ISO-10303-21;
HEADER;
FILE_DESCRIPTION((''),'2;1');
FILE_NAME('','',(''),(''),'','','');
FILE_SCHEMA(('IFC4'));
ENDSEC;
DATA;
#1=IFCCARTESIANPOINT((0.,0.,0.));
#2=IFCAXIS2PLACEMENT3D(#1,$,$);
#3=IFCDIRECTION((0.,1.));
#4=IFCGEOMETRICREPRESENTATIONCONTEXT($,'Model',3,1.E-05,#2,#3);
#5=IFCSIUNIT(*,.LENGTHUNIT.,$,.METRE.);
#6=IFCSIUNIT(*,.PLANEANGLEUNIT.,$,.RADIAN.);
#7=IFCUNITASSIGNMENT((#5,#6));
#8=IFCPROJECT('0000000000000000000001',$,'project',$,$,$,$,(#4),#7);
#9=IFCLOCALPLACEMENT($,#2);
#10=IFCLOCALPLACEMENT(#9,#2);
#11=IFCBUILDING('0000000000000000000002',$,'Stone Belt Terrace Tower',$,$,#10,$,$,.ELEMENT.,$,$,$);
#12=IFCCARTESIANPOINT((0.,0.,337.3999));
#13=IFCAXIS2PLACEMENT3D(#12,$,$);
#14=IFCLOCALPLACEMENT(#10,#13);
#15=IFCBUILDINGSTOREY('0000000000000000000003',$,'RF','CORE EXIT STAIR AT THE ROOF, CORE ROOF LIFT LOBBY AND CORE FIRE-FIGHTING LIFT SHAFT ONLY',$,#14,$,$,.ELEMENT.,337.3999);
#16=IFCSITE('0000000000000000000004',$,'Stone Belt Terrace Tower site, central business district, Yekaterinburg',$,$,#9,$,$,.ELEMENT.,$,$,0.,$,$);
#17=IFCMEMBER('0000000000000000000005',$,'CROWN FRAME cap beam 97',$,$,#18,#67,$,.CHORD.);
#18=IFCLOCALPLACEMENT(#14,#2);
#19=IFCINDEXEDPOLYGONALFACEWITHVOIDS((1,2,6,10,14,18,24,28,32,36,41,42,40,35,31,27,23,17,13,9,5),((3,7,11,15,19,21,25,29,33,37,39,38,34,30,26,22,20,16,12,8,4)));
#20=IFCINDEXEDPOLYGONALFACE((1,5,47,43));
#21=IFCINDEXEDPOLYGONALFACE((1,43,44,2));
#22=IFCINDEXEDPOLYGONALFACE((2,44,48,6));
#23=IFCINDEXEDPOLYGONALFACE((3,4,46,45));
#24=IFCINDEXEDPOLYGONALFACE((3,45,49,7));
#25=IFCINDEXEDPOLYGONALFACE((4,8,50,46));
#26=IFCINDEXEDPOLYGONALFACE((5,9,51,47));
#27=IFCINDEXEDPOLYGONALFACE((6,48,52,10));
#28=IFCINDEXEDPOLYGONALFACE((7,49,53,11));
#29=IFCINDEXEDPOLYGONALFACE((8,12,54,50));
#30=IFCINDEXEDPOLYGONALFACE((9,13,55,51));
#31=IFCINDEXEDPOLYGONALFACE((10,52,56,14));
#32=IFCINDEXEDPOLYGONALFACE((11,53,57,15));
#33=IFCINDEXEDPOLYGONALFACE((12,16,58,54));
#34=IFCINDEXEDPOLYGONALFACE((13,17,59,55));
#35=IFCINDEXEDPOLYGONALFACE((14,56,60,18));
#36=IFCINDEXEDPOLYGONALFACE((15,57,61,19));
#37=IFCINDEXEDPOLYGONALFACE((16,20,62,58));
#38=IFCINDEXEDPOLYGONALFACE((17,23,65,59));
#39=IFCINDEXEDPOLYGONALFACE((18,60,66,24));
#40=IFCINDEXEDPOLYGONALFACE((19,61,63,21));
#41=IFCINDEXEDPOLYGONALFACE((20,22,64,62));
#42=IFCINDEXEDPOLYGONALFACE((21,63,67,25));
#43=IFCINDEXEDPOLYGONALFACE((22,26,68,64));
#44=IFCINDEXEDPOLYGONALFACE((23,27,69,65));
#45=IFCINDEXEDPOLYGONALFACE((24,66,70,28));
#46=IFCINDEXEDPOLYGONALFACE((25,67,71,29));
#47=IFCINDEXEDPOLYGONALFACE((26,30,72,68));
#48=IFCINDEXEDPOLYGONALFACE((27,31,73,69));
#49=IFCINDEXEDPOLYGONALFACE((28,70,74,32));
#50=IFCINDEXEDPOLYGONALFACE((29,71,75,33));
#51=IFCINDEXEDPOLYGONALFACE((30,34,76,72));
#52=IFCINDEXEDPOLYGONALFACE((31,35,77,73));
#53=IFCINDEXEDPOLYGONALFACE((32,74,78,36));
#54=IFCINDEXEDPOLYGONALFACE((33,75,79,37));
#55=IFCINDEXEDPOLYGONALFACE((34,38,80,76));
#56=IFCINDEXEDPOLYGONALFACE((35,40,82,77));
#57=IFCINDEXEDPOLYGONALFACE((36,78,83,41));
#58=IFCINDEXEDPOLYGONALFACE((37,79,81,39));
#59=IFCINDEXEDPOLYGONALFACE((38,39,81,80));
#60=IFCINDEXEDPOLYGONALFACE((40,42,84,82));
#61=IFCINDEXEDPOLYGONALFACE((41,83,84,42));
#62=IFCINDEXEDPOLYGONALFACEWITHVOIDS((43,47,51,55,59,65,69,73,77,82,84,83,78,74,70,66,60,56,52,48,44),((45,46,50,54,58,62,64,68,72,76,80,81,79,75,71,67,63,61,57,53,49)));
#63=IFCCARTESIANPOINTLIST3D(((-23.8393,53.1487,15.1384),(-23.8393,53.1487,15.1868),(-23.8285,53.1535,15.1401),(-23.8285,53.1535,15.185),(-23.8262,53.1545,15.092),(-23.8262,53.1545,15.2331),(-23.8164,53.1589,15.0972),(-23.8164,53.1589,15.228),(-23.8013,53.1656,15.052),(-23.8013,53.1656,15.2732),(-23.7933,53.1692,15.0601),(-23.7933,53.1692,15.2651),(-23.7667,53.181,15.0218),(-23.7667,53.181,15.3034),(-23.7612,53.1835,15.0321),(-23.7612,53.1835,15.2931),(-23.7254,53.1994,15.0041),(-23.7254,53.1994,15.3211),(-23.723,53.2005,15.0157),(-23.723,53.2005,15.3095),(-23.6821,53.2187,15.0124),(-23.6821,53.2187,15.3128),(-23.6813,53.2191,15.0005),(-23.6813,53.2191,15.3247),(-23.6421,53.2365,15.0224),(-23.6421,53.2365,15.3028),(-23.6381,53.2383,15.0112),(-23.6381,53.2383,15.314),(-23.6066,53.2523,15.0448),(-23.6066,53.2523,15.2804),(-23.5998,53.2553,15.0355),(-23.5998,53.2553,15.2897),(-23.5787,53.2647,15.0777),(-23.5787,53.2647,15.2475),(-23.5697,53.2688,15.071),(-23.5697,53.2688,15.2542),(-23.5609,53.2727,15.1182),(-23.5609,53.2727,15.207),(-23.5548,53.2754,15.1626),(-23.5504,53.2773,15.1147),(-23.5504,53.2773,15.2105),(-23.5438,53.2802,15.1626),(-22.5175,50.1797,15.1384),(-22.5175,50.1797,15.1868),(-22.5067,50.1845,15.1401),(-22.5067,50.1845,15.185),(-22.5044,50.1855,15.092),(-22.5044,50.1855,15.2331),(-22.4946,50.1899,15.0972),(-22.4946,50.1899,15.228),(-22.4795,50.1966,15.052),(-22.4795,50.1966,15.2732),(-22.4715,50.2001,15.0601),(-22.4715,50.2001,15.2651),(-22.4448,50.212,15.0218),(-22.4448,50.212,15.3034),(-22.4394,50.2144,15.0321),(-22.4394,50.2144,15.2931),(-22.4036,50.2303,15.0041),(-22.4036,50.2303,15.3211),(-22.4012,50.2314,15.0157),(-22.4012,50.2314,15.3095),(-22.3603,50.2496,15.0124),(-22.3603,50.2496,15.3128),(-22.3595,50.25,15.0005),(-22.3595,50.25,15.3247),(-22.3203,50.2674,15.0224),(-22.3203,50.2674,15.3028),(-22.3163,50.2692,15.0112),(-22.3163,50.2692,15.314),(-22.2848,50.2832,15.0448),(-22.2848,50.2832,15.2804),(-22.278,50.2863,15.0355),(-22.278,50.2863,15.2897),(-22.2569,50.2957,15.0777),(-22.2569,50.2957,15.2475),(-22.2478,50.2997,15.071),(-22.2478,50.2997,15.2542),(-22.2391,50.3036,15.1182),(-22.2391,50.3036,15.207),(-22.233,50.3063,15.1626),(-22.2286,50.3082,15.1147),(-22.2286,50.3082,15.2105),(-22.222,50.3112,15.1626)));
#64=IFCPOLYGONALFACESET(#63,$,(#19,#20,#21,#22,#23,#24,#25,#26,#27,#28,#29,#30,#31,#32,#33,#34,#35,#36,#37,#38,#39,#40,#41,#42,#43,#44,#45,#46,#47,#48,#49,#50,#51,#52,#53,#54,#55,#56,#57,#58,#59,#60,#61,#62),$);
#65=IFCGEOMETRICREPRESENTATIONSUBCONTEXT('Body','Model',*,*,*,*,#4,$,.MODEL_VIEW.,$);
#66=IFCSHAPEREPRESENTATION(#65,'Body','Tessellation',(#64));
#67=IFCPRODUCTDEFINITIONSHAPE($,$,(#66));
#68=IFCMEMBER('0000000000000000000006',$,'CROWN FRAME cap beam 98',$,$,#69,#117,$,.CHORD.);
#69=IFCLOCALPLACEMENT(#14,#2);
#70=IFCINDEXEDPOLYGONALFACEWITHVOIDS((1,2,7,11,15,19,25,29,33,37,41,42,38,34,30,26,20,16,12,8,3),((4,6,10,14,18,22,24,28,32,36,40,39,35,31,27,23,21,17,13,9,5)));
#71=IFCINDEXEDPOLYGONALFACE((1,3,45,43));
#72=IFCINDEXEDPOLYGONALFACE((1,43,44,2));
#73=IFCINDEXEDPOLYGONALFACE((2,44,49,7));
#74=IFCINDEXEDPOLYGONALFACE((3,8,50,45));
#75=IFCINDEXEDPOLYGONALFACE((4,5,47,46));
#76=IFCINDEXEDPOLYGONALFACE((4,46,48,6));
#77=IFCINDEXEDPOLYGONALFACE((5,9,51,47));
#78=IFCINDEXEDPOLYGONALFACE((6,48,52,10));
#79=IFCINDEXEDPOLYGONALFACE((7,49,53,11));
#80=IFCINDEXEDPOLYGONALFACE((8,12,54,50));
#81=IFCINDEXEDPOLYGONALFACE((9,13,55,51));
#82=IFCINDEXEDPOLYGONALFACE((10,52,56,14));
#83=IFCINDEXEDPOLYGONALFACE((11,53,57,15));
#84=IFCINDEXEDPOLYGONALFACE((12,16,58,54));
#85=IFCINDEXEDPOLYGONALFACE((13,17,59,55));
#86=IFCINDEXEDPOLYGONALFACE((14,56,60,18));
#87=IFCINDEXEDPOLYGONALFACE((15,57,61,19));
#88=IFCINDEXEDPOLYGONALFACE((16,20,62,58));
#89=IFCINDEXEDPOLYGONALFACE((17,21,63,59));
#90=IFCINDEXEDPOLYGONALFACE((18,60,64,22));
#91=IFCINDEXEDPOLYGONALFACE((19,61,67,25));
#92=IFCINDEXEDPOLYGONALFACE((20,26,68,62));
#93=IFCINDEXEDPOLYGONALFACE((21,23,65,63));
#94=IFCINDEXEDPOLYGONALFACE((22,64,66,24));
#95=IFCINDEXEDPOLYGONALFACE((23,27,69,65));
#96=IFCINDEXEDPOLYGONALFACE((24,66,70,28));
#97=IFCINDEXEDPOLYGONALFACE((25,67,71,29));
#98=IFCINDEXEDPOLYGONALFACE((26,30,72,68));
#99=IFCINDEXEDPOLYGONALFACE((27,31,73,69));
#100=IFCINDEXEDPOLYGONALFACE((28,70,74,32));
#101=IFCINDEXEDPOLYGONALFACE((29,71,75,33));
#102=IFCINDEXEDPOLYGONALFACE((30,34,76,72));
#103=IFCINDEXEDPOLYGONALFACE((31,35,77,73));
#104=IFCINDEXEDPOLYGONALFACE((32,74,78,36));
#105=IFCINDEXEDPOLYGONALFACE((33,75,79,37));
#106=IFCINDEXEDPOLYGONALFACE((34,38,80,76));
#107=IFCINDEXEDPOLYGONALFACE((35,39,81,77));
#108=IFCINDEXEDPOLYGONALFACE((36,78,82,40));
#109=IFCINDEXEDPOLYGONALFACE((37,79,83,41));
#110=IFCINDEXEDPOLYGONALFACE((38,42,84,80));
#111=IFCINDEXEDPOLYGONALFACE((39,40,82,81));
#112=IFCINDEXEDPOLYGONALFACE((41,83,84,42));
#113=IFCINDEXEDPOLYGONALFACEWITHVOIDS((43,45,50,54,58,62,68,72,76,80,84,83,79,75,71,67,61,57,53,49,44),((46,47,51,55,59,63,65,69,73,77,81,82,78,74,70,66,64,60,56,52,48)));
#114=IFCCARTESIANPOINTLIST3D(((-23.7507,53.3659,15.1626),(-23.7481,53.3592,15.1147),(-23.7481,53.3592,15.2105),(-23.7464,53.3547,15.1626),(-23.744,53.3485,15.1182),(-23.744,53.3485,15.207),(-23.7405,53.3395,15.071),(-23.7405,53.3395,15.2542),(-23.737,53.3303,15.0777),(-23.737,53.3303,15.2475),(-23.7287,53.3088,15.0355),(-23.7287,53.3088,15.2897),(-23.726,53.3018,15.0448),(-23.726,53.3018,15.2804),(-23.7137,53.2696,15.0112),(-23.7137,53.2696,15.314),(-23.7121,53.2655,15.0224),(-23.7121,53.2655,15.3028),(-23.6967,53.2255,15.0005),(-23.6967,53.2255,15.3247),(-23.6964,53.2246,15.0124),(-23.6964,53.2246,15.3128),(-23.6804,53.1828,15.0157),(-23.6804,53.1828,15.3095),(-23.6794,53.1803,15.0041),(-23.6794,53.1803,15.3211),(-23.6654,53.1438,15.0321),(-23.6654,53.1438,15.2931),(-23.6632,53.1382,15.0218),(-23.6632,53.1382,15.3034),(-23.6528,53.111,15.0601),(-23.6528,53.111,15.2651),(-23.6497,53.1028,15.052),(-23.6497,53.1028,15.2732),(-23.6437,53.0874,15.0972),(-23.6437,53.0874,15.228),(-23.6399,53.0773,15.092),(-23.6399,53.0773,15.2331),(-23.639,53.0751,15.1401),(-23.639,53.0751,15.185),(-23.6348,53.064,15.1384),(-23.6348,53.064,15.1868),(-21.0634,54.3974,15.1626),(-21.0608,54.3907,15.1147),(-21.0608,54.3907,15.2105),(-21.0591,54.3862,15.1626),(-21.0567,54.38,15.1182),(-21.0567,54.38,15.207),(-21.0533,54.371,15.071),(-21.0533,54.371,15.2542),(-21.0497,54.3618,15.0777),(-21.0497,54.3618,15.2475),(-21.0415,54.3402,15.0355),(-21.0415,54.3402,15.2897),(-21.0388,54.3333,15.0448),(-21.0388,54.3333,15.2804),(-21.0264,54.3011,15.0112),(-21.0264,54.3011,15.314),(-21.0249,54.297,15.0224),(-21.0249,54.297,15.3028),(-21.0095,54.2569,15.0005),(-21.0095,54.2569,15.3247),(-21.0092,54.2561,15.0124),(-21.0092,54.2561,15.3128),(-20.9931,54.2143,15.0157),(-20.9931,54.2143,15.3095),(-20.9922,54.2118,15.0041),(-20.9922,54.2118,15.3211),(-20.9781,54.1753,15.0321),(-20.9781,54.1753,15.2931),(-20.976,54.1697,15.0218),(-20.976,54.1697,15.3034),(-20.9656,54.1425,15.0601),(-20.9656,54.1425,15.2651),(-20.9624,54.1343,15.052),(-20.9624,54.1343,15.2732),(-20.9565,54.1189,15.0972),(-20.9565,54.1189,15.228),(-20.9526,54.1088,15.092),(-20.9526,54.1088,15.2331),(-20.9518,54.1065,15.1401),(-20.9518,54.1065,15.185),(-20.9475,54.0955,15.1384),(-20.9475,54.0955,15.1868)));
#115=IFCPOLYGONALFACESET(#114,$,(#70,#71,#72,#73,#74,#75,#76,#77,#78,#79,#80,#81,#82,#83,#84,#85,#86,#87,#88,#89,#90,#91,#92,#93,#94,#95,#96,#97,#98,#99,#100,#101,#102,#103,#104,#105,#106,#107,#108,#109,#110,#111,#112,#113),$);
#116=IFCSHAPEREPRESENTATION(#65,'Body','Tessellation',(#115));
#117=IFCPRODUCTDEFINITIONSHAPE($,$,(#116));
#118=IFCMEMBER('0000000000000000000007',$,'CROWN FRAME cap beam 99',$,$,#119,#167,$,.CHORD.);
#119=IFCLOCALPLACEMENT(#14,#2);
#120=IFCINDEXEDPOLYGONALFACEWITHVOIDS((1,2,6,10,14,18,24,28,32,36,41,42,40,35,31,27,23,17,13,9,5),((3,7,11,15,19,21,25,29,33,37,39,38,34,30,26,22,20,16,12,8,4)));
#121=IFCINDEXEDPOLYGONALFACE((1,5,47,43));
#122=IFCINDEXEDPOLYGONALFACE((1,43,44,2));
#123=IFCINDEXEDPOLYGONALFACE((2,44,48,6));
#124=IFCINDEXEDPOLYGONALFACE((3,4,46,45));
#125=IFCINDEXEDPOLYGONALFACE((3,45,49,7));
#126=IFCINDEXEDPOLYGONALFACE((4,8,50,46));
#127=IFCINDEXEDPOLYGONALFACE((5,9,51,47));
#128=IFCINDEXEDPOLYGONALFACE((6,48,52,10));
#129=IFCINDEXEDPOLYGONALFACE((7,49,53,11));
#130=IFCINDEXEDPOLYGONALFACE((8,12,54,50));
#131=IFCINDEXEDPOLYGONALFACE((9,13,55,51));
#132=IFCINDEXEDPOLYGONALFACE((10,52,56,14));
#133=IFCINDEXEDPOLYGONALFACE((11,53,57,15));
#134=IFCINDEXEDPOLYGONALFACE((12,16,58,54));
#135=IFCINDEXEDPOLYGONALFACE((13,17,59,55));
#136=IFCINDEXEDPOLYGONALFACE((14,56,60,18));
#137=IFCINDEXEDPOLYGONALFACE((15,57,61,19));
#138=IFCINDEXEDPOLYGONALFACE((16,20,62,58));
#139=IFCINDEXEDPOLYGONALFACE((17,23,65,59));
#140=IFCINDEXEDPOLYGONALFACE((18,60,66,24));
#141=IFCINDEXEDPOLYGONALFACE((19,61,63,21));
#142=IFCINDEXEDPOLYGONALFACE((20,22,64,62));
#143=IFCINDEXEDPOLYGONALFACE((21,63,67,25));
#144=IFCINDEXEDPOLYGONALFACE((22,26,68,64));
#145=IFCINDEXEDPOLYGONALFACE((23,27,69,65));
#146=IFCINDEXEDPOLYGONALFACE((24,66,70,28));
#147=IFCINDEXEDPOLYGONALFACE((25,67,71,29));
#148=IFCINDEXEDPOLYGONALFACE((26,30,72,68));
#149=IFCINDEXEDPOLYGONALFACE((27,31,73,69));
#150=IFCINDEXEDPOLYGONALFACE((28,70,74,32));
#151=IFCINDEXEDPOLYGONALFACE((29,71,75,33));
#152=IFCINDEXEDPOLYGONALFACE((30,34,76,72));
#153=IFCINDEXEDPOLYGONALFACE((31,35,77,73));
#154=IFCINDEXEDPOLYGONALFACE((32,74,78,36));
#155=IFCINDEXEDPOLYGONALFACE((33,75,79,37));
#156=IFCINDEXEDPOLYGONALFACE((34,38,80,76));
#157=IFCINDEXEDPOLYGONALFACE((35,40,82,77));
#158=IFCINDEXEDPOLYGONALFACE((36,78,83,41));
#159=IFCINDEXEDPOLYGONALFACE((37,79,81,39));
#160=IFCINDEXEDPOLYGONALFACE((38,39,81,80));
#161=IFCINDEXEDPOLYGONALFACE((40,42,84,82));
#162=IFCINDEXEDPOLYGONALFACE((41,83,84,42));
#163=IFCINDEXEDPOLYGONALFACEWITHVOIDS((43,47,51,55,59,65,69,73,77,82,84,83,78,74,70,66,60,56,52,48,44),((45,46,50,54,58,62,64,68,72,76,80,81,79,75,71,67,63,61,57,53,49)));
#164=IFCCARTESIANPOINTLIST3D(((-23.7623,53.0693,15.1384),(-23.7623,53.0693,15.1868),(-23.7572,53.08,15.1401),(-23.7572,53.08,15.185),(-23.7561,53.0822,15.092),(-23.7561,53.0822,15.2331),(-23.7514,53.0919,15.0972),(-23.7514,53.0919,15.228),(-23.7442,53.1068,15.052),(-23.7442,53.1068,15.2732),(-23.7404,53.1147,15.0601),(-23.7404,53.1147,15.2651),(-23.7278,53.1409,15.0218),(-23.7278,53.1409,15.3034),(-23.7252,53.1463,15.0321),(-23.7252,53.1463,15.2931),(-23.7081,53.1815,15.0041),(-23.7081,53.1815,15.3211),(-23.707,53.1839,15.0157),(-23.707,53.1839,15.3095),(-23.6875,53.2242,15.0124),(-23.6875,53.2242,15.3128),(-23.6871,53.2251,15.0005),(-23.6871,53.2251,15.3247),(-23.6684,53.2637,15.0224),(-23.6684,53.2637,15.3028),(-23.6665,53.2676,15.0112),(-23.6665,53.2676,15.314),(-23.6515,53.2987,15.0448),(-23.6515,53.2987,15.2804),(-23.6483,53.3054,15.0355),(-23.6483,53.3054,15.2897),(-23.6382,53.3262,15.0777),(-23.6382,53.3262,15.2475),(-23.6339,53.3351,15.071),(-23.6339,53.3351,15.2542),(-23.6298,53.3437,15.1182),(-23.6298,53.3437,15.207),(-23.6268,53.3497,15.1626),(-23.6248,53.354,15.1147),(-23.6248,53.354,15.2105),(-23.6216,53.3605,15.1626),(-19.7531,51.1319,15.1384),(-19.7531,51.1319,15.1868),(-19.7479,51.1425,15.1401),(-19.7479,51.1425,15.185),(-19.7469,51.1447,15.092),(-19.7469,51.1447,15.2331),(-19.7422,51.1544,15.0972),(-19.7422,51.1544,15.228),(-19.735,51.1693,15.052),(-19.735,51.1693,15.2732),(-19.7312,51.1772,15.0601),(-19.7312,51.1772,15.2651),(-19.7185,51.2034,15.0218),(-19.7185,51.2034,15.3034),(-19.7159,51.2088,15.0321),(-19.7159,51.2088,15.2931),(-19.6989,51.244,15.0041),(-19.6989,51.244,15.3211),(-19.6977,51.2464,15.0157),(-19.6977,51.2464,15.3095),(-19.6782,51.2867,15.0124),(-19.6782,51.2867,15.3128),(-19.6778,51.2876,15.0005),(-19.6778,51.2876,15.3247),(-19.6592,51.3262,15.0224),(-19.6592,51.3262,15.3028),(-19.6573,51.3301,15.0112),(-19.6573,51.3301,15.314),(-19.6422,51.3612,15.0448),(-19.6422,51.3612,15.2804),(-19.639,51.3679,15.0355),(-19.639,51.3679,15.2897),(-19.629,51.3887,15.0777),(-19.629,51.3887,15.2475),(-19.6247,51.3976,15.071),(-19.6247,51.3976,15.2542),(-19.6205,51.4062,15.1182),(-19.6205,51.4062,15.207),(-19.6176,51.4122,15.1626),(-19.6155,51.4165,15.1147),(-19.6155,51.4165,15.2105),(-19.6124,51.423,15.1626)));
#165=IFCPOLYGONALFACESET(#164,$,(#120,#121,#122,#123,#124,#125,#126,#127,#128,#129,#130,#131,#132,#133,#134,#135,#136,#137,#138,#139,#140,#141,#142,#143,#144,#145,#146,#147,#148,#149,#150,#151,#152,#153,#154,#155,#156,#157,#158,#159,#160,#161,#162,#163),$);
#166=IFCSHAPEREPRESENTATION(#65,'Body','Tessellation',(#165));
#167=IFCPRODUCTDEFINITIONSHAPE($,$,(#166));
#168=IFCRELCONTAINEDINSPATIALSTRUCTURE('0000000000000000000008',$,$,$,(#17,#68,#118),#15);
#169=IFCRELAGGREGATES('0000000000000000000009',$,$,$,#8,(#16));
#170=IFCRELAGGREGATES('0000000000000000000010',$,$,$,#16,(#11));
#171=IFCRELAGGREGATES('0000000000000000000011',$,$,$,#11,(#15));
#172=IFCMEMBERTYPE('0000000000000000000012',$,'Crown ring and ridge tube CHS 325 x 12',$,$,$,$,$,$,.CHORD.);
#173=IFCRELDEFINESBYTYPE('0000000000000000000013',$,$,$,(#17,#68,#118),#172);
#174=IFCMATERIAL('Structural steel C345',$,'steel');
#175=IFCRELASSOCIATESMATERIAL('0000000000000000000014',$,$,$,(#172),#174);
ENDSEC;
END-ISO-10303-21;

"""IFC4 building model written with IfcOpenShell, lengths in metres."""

from ifc_helpers import new_model, si_unit, direction, frame, origin, origin_2d, place, context, subcontext, project, spatial, hollow_circle, extrude, material, material_profile, profile_set, type_object, element, save


model = new_model("IFC4")

# Units and contexts
model_context = context("Model", 3, precision=1e-05, world=origin(), true_north=direction((0.0, 1.0)))
body_context = subcontext(model_context, "Body", "Model", "MODEL_VIEW")
ifc_project = project(units=[si_unit("LENGTHUNIT", "METRE"), si_unit("PLANEANGLEUNIT", "RADIAN")], contexts=[model_context])

# Site, building, storey
site_placement = place(None, origin())
site = spatial("IfcSite", under=ifc_project, at=site_placement, Name="Stone Belt Terrace Tower site, central business district, Yekaterinburg", CompositionType="ELEMENT", RefElevation=0.0)
building_placement = place(site_placement, origin())
building = spatial("IfcBuilding", under=site, at=building_placement, Name="Stone Belt Terrace Tower", CompositionType="ELEMENT")
storey_placement = place(building_placement, frame((0.0, 0.0, 337.3999)))
storey = spatial("IfcBuildingStorey", under=building, at=storey_placement, Name="RF", Description="CORE EXIT STAIR AT THE ROOF, CORE ROOF LIFT LOBBY AND CORE FIRE-FIGHTING LIFT SHAFT ONLY", CompositionType="ELEMENT", Elevation=337.3999)

# Members
ifc_material_1 = material(Name="Structural steel C345", Category="steel")
ifc_material_profile_1 = material_profile(ifc_material_1, hollow_circle(Radius=0.1626, WallThickness=0.012, at=origin_2d()), Name="Structural steel C345 CHS 325x12")
ifc_profile_set_1 = profile_set([ifc_material_profile_1], Name="Structural steel C345")
member_type_1 = type_object("IfcMemberType", Name="Crown ring and ridge tube CHS 325 x 12", PredefinedType="CHORD", material=ifc_profile_set_1)
member_1_placement = place(storey_placement, frame((-23.6924, 53.2141, 15.1626), z_axis=(0.40671, -0.913557, 0.0), x_axis=(0.913557, 0.40671, 0.0)))
element("IfcMember", 1, at=member_1_placement, inside=storey, type_object=member_type_1, Name="CROWN FRAME cap beam 97", PredefinedType="CHORD", context=body_context, shape_type="SweptSolid", body=[
    extrude(hollow_circle(Radius=0.1626, WallThickness=0.012, at=origin_2d()), origin(), (0.0, 0.0, 1.0), 3.25),
])
member_2_placement = place(storey_placement, frame((-23.6924, 53.2141, 15.1626), z_axis=(0.933586, 0.358354, 0.0), x_axis=(-0.358354, 0.933586, 0.0)))
element("IfcMember", 2, at=member_2_placement, inside=storey, type_object=member_type_1, Name="CROWN FRAME cap beam 98", PredefinedType="CHORD", context=body_context, shape_type="SweptSolid", body=[
    extrude(hollow_circle(Radius=0.1626, WallThickness=0.012, at=origin_2d()), origin(), (0.0, 0.0, 1.0), 2.8784),
])
member_3_placement = place(storey_placement, frame((-23.6924, 53.2141, 15.1626), z_axis=(0.900377, -0.435111, 0.0), x_axis=(0.435111, 0.900377, 0.0)))
element("IfcMember", 3, at=member_3_placement, inside=storey, type_object=member_type_1, Name="CROWN FRAME cap beam 99", PredefinedType="CHORD", context=body_context, shape_type="SweptSolid", body=[
    extrude(hollow_circle(Radius=0.1626, WallThickness=0.012, at=origin_2d()), origin(), (0.0, 0.0, 1.0), 4.4529),
])

save(model, "model.ifc")
